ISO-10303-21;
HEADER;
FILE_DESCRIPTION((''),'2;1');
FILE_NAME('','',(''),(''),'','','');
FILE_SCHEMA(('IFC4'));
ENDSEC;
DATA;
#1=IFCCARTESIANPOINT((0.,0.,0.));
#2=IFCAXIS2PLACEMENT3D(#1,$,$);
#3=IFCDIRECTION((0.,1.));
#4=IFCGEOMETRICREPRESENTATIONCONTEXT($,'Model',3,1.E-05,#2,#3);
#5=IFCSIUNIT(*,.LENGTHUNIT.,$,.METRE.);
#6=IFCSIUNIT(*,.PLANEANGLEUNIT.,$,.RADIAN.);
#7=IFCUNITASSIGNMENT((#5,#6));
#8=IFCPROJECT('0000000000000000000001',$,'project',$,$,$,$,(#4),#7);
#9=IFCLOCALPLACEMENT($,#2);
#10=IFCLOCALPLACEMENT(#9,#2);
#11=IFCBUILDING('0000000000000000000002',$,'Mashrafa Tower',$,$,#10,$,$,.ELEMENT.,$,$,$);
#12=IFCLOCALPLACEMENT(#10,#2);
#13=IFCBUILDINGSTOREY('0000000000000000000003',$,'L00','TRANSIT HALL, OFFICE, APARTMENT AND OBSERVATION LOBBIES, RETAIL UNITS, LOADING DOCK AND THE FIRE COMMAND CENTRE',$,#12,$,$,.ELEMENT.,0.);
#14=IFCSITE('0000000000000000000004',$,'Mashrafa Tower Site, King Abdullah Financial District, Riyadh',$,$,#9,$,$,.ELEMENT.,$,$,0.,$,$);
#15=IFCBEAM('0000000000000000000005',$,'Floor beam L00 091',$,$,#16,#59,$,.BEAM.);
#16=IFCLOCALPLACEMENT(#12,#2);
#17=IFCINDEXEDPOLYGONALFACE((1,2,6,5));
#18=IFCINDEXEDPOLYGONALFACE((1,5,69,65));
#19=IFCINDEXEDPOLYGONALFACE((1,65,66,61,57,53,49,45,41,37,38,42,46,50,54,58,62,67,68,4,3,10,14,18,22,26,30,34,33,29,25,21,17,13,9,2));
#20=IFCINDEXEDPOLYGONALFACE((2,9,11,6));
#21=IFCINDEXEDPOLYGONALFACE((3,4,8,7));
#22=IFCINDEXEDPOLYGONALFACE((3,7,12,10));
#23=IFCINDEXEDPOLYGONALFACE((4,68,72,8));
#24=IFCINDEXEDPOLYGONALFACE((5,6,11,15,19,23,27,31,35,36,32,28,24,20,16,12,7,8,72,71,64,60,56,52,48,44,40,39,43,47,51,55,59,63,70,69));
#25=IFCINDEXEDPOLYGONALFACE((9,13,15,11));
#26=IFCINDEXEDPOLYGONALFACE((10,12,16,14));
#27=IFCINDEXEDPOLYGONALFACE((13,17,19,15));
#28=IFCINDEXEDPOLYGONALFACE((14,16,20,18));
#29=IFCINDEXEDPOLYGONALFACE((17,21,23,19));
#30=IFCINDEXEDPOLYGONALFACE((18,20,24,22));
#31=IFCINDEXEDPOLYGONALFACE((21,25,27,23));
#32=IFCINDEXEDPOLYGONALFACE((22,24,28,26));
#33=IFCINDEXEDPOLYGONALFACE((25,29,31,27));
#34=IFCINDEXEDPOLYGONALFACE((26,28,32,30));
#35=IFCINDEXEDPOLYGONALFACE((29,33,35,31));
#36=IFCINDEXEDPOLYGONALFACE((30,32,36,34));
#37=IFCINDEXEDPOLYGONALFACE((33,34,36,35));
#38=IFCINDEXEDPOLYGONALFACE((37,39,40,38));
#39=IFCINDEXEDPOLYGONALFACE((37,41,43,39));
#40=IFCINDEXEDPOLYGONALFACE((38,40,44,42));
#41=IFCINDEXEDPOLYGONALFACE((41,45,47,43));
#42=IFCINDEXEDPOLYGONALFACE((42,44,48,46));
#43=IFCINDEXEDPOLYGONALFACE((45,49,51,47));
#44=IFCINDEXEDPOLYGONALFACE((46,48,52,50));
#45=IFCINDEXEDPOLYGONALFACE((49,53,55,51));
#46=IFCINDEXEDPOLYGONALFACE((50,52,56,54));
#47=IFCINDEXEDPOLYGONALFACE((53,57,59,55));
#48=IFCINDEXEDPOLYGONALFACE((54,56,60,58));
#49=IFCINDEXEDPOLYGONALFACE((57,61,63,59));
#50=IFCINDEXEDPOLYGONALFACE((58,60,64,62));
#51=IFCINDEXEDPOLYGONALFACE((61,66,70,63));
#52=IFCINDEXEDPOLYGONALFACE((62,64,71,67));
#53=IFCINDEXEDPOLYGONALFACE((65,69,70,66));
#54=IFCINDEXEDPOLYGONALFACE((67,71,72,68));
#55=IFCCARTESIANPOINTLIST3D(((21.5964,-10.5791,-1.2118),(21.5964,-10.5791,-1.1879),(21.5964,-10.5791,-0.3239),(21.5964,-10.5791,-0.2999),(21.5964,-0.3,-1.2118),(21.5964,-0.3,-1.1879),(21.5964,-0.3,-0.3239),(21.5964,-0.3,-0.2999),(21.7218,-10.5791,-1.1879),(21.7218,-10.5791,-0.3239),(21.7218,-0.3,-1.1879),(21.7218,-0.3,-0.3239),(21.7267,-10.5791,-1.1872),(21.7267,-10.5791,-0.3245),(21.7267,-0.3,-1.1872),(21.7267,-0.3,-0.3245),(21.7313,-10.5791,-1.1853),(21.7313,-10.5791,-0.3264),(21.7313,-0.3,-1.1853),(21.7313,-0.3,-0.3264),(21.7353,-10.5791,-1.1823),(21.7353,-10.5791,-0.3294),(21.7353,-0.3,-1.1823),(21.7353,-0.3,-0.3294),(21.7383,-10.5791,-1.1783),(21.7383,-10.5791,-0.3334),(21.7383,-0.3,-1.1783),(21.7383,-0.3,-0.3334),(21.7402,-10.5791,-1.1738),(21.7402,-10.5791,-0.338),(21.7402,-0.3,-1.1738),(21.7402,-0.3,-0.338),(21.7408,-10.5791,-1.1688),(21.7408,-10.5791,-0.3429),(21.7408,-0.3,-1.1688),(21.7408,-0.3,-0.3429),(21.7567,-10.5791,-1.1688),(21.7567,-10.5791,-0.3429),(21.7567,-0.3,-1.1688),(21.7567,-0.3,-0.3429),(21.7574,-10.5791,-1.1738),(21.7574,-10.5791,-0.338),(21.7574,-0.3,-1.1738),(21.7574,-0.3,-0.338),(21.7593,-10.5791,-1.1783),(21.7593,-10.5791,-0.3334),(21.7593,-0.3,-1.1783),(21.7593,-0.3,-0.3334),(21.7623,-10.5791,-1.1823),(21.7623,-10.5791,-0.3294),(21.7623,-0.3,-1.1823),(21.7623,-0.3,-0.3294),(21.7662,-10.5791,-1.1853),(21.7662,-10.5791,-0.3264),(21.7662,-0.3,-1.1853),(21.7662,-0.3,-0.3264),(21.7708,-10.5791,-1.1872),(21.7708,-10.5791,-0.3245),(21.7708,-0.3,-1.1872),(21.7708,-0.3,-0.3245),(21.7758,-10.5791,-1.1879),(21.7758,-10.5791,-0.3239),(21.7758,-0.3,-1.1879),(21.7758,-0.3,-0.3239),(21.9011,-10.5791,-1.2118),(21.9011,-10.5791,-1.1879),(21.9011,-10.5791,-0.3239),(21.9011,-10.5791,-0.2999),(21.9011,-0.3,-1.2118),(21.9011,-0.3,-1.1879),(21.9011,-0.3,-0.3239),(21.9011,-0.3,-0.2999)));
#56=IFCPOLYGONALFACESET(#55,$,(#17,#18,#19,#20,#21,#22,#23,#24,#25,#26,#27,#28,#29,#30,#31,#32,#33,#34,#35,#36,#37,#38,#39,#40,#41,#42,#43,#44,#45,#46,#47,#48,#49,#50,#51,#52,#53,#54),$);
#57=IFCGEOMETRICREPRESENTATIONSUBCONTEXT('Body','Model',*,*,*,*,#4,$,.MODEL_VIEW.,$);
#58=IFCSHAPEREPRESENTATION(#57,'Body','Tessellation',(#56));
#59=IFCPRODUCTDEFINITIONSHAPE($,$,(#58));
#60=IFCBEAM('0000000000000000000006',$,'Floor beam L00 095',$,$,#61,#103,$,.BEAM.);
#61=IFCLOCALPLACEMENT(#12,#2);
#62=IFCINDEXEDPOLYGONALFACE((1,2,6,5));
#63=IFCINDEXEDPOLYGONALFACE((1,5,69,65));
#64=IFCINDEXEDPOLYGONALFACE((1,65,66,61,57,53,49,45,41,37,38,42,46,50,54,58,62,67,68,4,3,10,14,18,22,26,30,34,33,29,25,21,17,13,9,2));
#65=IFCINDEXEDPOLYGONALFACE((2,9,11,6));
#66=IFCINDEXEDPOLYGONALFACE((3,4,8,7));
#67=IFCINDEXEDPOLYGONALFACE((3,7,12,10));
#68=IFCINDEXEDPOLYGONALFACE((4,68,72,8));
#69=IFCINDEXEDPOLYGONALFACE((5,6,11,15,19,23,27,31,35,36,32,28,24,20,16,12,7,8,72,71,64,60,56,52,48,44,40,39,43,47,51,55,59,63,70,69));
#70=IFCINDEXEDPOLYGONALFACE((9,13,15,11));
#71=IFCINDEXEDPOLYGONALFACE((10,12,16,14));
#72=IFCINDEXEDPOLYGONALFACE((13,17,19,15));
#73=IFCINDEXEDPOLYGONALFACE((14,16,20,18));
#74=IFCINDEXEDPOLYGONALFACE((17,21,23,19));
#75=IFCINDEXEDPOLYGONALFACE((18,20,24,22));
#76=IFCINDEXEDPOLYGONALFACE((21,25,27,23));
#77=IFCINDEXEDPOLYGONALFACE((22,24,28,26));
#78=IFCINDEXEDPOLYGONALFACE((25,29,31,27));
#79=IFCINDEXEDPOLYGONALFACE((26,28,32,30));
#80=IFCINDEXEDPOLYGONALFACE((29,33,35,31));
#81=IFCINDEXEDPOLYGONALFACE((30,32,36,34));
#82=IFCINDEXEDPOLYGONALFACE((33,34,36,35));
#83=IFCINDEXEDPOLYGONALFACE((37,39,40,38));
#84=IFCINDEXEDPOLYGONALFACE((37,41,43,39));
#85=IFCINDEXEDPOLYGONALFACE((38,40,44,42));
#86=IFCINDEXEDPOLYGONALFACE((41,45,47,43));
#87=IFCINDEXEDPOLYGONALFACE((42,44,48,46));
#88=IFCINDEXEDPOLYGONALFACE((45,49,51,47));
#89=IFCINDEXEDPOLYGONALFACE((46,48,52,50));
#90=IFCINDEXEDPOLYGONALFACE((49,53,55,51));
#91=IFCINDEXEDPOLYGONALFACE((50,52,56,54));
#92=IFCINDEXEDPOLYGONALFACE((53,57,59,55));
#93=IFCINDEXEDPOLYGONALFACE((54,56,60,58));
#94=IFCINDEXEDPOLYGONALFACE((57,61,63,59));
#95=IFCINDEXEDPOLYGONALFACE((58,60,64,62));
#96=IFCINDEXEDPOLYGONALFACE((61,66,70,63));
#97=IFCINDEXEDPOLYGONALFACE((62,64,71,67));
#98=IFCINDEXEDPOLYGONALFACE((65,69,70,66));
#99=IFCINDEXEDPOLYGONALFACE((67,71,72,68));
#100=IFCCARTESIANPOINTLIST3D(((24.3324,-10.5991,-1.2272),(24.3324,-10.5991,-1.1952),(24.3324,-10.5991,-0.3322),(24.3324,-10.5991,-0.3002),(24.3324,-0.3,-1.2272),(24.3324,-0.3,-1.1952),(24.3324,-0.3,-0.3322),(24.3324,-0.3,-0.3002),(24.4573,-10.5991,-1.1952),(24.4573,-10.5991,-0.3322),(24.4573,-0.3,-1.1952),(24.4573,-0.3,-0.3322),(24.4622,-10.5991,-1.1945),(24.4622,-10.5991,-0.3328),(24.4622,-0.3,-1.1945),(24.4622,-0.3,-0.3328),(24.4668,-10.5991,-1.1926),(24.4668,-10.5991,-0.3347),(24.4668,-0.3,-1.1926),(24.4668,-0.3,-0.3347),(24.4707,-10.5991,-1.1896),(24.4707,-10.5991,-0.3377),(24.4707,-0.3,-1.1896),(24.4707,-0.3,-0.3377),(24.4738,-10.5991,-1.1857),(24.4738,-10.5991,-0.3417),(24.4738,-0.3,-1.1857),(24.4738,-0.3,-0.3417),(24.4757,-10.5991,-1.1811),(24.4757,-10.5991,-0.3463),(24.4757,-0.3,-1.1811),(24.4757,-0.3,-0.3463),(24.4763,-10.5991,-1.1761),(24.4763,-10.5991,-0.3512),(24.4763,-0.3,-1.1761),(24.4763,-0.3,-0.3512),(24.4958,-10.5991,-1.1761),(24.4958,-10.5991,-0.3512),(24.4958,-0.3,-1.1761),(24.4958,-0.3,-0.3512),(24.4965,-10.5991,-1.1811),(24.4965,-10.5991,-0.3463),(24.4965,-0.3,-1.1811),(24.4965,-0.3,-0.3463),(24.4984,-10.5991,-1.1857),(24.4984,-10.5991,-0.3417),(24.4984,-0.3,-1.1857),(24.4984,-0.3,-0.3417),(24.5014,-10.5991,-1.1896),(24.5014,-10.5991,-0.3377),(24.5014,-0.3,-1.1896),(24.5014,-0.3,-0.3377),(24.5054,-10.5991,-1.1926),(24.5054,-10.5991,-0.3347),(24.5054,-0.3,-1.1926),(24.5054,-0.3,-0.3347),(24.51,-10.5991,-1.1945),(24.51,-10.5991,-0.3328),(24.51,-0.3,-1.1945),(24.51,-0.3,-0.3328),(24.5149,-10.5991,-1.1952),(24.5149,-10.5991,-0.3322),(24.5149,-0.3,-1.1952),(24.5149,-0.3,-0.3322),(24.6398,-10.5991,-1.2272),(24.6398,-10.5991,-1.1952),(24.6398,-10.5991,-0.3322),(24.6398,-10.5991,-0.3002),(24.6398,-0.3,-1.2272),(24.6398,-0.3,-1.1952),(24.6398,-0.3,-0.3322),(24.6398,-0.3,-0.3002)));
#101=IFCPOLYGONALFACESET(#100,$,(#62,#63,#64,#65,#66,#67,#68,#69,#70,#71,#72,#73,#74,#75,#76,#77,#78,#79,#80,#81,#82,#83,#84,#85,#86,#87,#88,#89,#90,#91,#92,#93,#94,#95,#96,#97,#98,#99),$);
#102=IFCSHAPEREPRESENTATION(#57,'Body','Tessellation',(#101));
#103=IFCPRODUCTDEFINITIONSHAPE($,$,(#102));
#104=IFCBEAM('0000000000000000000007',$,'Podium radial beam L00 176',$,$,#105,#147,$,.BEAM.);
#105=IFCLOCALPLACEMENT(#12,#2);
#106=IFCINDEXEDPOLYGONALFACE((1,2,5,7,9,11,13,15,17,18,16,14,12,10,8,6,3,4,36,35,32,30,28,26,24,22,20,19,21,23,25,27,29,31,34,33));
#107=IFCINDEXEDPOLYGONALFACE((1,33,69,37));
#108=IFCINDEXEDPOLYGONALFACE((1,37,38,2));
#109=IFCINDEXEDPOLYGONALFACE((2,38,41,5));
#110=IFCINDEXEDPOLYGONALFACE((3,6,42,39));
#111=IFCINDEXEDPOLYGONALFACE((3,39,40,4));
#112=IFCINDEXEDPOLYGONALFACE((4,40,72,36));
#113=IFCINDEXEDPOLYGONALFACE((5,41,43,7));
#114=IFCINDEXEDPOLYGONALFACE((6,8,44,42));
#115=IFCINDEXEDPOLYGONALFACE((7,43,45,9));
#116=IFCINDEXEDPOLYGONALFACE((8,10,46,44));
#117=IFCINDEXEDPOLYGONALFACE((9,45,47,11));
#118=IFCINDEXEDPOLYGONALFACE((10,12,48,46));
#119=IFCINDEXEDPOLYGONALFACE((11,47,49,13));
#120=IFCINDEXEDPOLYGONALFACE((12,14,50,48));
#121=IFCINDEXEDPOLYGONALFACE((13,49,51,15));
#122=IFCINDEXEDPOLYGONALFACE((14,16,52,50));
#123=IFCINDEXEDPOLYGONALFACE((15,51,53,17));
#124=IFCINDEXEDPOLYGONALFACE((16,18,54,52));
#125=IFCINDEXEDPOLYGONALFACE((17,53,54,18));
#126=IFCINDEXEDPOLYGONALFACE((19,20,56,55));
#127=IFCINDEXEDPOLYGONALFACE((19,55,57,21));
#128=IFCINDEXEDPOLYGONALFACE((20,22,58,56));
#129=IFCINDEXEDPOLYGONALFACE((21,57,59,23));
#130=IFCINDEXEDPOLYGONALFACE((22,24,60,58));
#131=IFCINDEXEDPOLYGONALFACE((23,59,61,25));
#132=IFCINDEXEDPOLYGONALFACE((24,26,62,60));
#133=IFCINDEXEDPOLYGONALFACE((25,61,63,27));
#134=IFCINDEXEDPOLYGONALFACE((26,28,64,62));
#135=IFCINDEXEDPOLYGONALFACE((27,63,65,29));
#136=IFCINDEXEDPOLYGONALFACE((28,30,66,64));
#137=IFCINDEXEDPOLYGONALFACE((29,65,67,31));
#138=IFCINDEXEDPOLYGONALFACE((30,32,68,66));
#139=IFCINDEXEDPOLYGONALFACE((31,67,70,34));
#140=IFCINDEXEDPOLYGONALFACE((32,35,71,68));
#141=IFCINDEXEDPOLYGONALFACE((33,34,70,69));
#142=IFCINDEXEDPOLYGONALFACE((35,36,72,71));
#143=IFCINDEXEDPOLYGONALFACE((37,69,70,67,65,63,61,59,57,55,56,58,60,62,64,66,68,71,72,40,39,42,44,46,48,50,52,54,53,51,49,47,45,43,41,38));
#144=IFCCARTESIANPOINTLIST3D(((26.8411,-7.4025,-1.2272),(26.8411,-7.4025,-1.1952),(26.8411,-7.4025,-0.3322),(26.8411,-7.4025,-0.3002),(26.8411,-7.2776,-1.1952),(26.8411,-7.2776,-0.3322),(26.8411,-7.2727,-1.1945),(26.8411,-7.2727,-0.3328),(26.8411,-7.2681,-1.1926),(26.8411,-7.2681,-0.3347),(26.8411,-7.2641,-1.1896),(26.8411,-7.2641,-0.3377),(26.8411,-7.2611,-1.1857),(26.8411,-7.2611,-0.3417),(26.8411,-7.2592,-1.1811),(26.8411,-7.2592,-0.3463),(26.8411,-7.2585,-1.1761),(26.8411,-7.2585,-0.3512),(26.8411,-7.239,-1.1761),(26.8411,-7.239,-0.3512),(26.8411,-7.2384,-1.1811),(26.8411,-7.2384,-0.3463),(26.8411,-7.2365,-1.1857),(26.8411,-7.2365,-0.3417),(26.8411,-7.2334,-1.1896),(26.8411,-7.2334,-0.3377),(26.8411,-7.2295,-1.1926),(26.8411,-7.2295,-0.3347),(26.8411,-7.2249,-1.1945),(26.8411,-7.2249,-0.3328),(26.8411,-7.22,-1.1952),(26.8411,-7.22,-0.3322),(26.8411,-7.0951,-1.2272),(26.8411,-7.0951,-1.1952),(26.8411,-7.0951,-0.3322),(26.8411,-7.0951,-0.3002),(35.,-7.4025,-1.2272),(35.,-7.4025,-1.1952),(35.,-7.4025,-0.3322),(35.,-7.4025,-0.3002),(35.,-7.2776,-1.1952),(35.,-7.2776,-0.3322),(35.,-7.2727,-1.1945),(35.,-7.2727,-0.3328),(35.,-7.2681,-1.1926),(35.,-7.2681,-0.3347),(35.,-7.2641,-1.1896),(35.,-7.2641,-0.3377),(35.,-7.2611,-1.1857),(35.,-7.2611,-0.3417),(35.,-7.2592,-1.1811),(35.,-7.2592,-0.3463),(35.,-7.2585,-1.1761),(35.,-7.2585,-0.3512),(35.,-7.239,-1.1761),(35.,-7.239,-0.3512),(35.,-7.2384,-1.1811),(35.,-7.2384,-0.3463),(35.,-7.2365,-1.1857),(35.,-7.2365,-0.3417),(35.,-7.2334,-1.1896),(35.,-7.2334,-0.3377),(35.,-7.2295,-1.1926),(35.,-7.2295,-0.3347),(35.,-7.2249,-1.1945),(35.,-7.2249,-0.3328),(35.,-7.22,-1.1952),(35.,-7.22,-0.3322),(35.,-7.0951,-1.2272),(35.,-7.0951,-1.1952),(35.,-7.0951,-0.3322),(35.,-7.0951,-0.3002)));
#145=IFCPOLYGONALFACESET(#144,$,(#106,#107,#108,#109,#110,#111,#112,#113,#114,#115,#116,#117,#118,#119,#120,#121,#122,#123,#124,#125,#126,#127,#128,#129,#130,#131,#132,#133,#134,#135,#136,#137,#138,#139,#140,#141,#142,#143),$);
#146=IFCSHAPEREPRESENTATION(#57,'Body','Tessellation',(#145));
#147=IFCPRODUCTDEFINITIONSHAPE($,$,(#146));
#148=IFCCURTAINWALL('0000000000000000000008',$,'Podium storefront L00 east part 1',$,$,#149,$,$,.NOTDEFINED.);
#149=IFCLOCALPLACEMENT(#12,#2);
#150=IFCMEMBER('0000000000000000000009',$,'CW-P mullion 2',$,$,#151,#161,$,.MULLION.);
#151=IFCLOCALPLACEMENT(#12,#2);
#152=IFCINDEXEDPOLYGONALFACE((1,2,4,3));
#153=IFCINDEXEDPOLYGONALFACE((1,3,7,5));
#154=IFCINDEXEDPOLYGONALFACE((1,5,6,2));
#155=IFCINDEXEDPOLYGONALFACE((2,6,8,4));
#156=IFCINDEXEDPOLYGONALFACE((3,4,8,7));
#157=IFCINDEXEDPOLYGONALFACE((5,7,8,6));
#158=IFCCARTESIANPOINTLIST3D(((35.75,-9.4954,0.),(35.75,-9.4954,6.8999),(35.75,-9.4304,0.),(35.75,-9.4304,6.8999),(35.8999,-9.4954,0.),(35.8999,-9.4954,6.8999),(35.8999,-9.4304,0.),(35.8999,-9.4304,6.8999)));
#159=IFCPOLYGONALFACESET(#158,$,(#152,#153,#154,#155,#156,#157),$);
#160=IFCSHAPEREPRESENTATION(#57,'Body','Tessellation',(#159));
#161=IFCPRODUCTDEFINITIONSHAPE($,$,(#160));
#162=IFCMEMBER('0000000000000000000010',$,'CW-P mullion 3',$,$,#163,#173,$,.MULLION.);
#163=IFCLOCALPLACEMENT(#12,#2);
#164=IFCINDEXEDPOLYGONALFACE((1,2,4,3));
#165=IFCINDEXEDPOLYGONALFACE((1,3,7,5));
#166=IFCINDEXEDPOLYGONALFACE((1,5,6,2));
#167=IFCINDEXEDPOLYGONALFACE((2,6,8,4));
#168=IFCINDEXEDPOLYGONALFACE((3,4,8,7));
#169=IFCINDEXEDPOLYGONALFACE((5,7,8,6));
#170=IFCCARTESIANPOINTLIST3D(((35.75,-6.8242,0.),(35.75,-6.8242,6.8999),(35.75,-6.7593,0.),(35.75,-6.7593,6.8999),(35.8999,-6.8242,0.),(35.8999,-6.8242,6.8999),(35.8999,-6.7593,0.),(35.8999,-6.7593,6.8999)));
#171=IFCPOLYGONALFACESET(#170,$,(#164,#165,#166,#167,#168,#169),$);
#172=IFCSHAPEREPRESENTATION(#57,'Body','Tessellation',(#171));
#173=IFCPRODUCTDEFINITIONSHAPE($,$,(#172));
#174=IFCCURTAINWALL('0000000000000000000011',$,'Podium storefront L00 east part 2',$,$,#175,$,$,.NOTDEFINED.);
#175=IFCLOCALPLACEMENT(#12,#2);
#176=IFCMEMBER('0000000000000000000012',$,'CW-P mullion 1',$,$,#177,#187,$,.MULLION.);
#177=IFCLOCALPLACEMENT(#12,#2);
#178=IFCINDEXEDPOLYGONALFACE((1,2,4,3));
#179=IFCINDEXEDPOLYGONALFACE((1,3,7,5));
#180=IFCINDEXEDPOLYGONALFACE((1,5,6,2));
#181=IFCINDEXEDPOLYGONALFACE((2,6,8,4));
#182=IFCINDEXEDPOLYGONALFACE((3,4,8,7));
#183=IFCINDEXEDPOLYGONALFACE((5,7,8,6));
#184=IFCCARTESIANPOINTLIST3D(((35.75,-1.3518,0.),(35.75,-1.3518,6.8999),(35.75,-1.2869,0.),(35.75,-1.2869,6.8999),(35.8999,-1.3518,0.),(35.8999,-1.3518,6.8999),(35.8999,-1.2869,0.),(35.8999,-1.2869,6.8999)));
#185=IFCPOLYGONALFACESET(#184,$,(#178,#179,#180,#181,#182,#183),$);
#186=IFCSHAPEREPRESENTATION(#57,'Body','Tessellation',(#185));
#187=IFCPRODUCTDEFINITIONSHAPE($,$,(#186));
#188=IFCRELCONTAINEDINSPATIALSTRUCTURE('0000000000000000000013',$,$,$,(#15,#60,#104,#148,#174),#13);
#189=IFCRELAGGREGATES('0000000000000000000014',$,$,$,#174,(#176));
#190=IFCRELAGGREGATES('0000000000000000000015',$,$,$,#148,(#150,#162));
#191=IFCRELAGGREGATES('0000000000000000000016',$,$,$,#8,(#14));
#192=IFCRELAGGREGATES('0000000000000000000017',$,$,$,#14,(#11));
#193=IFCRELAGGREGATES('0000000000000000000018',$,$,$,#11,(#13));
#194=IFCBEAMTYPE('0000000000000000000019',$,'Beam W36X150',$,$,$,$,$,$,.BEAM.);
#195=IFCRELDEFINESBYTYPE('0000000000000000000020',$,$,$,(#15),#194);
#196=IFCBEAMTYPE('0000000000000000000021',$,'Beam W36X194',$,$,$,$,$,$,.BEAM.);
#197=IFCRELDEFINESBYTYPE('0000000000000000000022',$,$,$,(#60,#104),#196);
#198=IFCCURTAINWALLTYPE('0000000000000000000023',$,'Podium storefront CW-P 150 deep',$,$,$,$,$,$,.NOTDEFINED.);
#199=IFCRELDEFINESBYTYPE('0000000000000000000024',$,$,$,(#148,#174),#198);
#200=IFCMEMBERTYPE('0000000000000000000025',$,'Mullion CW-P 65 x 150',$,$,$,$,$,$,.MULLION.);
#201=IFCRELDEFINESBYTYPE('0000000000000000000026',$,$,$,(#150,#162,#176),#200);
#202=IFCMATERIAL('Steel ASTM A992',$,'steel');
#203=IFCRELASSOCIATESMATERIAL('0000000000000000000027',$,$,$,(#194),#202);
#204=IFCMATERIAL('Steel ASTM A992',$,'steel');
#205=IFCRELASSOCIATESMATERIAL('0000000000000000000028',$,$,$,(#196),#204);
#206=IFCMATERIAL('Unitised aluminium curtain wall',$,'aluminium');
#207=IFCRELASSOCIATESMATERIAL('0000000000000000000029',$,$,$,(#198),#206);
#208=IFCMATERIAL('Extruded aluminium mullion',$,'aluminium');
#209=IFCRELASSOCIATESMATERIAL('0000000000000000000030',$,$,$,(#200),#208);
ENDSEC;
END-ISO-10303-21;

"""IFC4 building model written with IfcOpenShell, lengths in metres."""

from ifc_helpers import new_model, si_unit, direction, frame, origin, origin_2d, place, context, subcontext, project, spatial, rectangle, i_section, extrude, source, transform, mapped, material, material_profile, profile_set, type_object, type_shapes, element, aggregate, save


model = new_model("IFC4")

# Units and contexts
model_context = context("Model", 3, precision=1e-05, world=origin(), true_north=direction((0.0, 1.0)))
body_context = subcontext(model_context, "Body", "Model", "MODEL_VIEW")
ifc_project = project(units=[si_unit("LENGTHUNIT", "METRE"), si_unit("PLANEANGLEUNIT", "RADIAN")], contexts=[model_context])

# Site, building, storey
site_placement = place(None, origin())
site = spatial("IfcSite", under=ifc_project, at=site_placement, Name="Mashrafa Tower Site, King Abdullah Financial District, Riyadh", CompositionType="ELEMENT", RefElevation=0.0)
building_placement = place(site_placement, origin())
building = spatial("IfcBuilding", under=site, at=building_placement, Name="Mashrafa Tower", CompositionType="ELEMENT")
storey_placement = place(building_placement, origin())
storey = spatial("IfcBuildingStorey", under=building, at=storey_placement, Name="L00", Description="TRANSIT HALL, OFFICE, APARTMENT AND OBSERVATION LOBBIES, RETAIL UNITS, LOADING DOCK AND THE FIRE COMMAND CENTRE", CompositionType="ELEMENT", Elevation=0.0)

# Beams
ifc_material_1 = material(Name="Steel ASTM A992", Category="steel")
ifc_material_profile_1 = material_profile(ifc_material_1, i_section(OverallWidth=0.3047, OverallDepth=0.9119, WebThickness=0.0159, FlangeThickness=0.0239, FilletRadius=0.019, at=origin_2d()), Name="W36X150")
ifc_profile_set_1 = profile_set([ifc_material_profile_1], Name="Steel ASTM A992")
beam_type_1 = type_object("IfcBeamType", Name="Beam W36X150", PredefinedType="BEAM", material=ifc_profile_set_1)
beam_1_placement = place(storey_placement, frame((21.7488, -0.3, -0.7559), z_axis=(0.0, -1.0, 0.0), x_axis=(1.0, 0.0, 0.0)))
element("IfcBeam", 1, at=beam_1_placement, inside=storey, type_object=beam_type_1, Name="Floor beam L00 091", PredefinedType="BEAM", context=body_context, shape_type="SweptSolid", body=[
    extrude(i_section(OverallWidth=0.3047, OverallDepth=0.9119, WebThickness=0.0159, FlangeThickness=0.0239, FilletRadius=0.019, at=origin_2d()), origin(), (0.0, 0.0, 1.0), 10.2791),
])
ifc_material_2 = material(Name="Steel ASTM A992", Category="steel")
ifc_material_profile_2 = material_profile(ifc_material_2, i_section(OverallWidth=0.3074, OverallDepth=0.927, WebThickness=0.0195, FlangeThickness=0.032, FilletRadius=0.019, at=origin_2d()), Name="W36X194")
ifc_profile_set_2 = profile_set([ifc_material_profile_2], Name="Steel ASTM A992")
beam_type_2 = type_object("IfcBeamType", Name="Beam W36X194", PredefinedType="BEAM", material=ifc_profile_set_2)
beam_2_placement = place(storey_placement, frame((24.4861, -0.3, -0.7637), z_axis=(0.0, -1.0, 0.0), x_axis=(1.0, 0.0, 0.0)))
element("IfcBeam", 2, at=beam_2_placement, inside=storey, type_object=beam_type_2, Name="Floor beam L00 095", PredefinedType="BEAM", context=body_context, shape_type="SweptSolid", body=[
    extrude(i_section(OverallWidth=0.3074, OverallDepth=0.927, WebThickness=0.0195, FlangeThickness=0.032, FilletRadius=0.019, at=origin_2d()), origin(), (0.0, 0.0, 1.0), 10.2991),
])
beam_3_placement = place(storey_placement, frame((26.8411, -7.2488, -0.7637), z_axis=(1.0, 0.0, 0.0), x_axis=(0.0, 1.0, 0.0)))
element("IfcBeam", 3, at=beam_3_placement, inside=storey, type_object=beam_type_2, Name="Podium radial beam L00 176", PredefinedType="BEAM", context=body_context, shape_type="SweptSolid", body=[
    extrude(i_section(OverallWidth=0.3074, OverallDepth=0.927, WebThickness=0.0195, FlangeThickness=0.032, FilletRadius=0.019, at=origin_2d()), origin(), (0.0, 0.0, 1.0), 8.1589),
])

# Curtain wall, members
ifc_material_3 = material(Name="Unitised aluminium curtain wall", Category="aluminium")
curtain_wall_type = type_object("IfcCurtainWallType", Name="Podium storefront CW-P 150 deep", PredefinedType="NOTDEFINED", material=ifc_material_3)
curtain_wall_1_placement = place(storey_placement, origin())
curtain_wall_1 = element("IfcCurtainWall", 4, at=curtain_wall_1_placement, inside=storey, type_object=curtain_wall_type, Name="Podium storefront L00 east part 1", PredefinedType="NOTDEFINED")
ifc_material_4 = material(Name="Extruded aluminium mullion", Category="aluminium")
ifc_material_profile_3 = material_profile(ifc_material_4, rectangle(XDim=0.1499, YDim=0.0649, at=origin_2d()), Name="Mullion 65x150")
ifc_profile_set_3 = profile_set([ifc_material_profile_3], Name="Extruded aluminium mullion")
member_type_1 = type_object("IfcMemberType", Name="Mullion CW-P 65 x 150", PredefinedType="MULLION", material=ifc_profile_set_3)
shared_shape_1 = source(origin(), body_context, "Body", "SweptSolid", [
    extrude(rectangle(XDim=0.1499, YDim=0.0649, at=origin_2d()), origin(), (0.0, 0.0, 1.0), 6.8999),
])
type_shapes(member_type_1, [shared_shape_1])
member_1_placement = place(storey_placement, frame((35.825, -9.4629, 0.0), z_axis=(0.0, 0.0, 1.0), x_axis=(-1.0, 0.0, 0.0)))
member_1 = element("IfcMember", 5, at=member_1_placement, type_object=member_type_1, Name="CW-P mullion 2", PredefinedType="MULLION", context=body_context, shape_type="MappedRepresentation", body=[
    mapped(shared_shape_1, transform((0.0, 0.0, 0.0))),
])
member_2_placement = place(storey_placement, frame((35.825, -6.7917, 0.0), z_axis=(0.0, 0.0, 1.0), x_axis=(-1.0, 0.0, 0.0)))
member_2 = element("IfcMember", 6, at=member_2_placement, type_object=member_type_1, Name="CW-P mullion 3", PredefinedType="MULLION", context=body_context, shape_type="MappedRepresentation", body=[
    mapped(shared_shape_1, transform((0.0, 0.0, 0.0))),
])

# Curtain wall, member
curtain_wall_2_placement = place(storey_placement, origin())
curtain_wall_2 = element("IfcCurtainWall", 7, at=curtain_wall_2_placement, inside=storey, type_object=curtain_wall_type, Name="Podium storefront L00 east part 2", PredefinedType="NOTDEFINED")
member_3_placement = place(storey_placement, frame((35.825, -1.3193, 0.0), z_axis=(0.0, 0.0, 1.0), x_axis=(-1.0, 0.0, 0.0)))
member_3 = element("IfcMember", 8, at=member_3_placement, type_object=member_type_1, Name="CW-P mullion 1", PredefinedType="MULLION", context=body_context, shape_type="MappedRepresentation", body=[
    mapped(shared_shape_1, transform((0.0, 0.0, 0.0))),
])

aggregate(curtain_wall_2, [member_3])

aggregate(curtain_wall_1, [member_1, member_2])

save(model, "model.ifc")
